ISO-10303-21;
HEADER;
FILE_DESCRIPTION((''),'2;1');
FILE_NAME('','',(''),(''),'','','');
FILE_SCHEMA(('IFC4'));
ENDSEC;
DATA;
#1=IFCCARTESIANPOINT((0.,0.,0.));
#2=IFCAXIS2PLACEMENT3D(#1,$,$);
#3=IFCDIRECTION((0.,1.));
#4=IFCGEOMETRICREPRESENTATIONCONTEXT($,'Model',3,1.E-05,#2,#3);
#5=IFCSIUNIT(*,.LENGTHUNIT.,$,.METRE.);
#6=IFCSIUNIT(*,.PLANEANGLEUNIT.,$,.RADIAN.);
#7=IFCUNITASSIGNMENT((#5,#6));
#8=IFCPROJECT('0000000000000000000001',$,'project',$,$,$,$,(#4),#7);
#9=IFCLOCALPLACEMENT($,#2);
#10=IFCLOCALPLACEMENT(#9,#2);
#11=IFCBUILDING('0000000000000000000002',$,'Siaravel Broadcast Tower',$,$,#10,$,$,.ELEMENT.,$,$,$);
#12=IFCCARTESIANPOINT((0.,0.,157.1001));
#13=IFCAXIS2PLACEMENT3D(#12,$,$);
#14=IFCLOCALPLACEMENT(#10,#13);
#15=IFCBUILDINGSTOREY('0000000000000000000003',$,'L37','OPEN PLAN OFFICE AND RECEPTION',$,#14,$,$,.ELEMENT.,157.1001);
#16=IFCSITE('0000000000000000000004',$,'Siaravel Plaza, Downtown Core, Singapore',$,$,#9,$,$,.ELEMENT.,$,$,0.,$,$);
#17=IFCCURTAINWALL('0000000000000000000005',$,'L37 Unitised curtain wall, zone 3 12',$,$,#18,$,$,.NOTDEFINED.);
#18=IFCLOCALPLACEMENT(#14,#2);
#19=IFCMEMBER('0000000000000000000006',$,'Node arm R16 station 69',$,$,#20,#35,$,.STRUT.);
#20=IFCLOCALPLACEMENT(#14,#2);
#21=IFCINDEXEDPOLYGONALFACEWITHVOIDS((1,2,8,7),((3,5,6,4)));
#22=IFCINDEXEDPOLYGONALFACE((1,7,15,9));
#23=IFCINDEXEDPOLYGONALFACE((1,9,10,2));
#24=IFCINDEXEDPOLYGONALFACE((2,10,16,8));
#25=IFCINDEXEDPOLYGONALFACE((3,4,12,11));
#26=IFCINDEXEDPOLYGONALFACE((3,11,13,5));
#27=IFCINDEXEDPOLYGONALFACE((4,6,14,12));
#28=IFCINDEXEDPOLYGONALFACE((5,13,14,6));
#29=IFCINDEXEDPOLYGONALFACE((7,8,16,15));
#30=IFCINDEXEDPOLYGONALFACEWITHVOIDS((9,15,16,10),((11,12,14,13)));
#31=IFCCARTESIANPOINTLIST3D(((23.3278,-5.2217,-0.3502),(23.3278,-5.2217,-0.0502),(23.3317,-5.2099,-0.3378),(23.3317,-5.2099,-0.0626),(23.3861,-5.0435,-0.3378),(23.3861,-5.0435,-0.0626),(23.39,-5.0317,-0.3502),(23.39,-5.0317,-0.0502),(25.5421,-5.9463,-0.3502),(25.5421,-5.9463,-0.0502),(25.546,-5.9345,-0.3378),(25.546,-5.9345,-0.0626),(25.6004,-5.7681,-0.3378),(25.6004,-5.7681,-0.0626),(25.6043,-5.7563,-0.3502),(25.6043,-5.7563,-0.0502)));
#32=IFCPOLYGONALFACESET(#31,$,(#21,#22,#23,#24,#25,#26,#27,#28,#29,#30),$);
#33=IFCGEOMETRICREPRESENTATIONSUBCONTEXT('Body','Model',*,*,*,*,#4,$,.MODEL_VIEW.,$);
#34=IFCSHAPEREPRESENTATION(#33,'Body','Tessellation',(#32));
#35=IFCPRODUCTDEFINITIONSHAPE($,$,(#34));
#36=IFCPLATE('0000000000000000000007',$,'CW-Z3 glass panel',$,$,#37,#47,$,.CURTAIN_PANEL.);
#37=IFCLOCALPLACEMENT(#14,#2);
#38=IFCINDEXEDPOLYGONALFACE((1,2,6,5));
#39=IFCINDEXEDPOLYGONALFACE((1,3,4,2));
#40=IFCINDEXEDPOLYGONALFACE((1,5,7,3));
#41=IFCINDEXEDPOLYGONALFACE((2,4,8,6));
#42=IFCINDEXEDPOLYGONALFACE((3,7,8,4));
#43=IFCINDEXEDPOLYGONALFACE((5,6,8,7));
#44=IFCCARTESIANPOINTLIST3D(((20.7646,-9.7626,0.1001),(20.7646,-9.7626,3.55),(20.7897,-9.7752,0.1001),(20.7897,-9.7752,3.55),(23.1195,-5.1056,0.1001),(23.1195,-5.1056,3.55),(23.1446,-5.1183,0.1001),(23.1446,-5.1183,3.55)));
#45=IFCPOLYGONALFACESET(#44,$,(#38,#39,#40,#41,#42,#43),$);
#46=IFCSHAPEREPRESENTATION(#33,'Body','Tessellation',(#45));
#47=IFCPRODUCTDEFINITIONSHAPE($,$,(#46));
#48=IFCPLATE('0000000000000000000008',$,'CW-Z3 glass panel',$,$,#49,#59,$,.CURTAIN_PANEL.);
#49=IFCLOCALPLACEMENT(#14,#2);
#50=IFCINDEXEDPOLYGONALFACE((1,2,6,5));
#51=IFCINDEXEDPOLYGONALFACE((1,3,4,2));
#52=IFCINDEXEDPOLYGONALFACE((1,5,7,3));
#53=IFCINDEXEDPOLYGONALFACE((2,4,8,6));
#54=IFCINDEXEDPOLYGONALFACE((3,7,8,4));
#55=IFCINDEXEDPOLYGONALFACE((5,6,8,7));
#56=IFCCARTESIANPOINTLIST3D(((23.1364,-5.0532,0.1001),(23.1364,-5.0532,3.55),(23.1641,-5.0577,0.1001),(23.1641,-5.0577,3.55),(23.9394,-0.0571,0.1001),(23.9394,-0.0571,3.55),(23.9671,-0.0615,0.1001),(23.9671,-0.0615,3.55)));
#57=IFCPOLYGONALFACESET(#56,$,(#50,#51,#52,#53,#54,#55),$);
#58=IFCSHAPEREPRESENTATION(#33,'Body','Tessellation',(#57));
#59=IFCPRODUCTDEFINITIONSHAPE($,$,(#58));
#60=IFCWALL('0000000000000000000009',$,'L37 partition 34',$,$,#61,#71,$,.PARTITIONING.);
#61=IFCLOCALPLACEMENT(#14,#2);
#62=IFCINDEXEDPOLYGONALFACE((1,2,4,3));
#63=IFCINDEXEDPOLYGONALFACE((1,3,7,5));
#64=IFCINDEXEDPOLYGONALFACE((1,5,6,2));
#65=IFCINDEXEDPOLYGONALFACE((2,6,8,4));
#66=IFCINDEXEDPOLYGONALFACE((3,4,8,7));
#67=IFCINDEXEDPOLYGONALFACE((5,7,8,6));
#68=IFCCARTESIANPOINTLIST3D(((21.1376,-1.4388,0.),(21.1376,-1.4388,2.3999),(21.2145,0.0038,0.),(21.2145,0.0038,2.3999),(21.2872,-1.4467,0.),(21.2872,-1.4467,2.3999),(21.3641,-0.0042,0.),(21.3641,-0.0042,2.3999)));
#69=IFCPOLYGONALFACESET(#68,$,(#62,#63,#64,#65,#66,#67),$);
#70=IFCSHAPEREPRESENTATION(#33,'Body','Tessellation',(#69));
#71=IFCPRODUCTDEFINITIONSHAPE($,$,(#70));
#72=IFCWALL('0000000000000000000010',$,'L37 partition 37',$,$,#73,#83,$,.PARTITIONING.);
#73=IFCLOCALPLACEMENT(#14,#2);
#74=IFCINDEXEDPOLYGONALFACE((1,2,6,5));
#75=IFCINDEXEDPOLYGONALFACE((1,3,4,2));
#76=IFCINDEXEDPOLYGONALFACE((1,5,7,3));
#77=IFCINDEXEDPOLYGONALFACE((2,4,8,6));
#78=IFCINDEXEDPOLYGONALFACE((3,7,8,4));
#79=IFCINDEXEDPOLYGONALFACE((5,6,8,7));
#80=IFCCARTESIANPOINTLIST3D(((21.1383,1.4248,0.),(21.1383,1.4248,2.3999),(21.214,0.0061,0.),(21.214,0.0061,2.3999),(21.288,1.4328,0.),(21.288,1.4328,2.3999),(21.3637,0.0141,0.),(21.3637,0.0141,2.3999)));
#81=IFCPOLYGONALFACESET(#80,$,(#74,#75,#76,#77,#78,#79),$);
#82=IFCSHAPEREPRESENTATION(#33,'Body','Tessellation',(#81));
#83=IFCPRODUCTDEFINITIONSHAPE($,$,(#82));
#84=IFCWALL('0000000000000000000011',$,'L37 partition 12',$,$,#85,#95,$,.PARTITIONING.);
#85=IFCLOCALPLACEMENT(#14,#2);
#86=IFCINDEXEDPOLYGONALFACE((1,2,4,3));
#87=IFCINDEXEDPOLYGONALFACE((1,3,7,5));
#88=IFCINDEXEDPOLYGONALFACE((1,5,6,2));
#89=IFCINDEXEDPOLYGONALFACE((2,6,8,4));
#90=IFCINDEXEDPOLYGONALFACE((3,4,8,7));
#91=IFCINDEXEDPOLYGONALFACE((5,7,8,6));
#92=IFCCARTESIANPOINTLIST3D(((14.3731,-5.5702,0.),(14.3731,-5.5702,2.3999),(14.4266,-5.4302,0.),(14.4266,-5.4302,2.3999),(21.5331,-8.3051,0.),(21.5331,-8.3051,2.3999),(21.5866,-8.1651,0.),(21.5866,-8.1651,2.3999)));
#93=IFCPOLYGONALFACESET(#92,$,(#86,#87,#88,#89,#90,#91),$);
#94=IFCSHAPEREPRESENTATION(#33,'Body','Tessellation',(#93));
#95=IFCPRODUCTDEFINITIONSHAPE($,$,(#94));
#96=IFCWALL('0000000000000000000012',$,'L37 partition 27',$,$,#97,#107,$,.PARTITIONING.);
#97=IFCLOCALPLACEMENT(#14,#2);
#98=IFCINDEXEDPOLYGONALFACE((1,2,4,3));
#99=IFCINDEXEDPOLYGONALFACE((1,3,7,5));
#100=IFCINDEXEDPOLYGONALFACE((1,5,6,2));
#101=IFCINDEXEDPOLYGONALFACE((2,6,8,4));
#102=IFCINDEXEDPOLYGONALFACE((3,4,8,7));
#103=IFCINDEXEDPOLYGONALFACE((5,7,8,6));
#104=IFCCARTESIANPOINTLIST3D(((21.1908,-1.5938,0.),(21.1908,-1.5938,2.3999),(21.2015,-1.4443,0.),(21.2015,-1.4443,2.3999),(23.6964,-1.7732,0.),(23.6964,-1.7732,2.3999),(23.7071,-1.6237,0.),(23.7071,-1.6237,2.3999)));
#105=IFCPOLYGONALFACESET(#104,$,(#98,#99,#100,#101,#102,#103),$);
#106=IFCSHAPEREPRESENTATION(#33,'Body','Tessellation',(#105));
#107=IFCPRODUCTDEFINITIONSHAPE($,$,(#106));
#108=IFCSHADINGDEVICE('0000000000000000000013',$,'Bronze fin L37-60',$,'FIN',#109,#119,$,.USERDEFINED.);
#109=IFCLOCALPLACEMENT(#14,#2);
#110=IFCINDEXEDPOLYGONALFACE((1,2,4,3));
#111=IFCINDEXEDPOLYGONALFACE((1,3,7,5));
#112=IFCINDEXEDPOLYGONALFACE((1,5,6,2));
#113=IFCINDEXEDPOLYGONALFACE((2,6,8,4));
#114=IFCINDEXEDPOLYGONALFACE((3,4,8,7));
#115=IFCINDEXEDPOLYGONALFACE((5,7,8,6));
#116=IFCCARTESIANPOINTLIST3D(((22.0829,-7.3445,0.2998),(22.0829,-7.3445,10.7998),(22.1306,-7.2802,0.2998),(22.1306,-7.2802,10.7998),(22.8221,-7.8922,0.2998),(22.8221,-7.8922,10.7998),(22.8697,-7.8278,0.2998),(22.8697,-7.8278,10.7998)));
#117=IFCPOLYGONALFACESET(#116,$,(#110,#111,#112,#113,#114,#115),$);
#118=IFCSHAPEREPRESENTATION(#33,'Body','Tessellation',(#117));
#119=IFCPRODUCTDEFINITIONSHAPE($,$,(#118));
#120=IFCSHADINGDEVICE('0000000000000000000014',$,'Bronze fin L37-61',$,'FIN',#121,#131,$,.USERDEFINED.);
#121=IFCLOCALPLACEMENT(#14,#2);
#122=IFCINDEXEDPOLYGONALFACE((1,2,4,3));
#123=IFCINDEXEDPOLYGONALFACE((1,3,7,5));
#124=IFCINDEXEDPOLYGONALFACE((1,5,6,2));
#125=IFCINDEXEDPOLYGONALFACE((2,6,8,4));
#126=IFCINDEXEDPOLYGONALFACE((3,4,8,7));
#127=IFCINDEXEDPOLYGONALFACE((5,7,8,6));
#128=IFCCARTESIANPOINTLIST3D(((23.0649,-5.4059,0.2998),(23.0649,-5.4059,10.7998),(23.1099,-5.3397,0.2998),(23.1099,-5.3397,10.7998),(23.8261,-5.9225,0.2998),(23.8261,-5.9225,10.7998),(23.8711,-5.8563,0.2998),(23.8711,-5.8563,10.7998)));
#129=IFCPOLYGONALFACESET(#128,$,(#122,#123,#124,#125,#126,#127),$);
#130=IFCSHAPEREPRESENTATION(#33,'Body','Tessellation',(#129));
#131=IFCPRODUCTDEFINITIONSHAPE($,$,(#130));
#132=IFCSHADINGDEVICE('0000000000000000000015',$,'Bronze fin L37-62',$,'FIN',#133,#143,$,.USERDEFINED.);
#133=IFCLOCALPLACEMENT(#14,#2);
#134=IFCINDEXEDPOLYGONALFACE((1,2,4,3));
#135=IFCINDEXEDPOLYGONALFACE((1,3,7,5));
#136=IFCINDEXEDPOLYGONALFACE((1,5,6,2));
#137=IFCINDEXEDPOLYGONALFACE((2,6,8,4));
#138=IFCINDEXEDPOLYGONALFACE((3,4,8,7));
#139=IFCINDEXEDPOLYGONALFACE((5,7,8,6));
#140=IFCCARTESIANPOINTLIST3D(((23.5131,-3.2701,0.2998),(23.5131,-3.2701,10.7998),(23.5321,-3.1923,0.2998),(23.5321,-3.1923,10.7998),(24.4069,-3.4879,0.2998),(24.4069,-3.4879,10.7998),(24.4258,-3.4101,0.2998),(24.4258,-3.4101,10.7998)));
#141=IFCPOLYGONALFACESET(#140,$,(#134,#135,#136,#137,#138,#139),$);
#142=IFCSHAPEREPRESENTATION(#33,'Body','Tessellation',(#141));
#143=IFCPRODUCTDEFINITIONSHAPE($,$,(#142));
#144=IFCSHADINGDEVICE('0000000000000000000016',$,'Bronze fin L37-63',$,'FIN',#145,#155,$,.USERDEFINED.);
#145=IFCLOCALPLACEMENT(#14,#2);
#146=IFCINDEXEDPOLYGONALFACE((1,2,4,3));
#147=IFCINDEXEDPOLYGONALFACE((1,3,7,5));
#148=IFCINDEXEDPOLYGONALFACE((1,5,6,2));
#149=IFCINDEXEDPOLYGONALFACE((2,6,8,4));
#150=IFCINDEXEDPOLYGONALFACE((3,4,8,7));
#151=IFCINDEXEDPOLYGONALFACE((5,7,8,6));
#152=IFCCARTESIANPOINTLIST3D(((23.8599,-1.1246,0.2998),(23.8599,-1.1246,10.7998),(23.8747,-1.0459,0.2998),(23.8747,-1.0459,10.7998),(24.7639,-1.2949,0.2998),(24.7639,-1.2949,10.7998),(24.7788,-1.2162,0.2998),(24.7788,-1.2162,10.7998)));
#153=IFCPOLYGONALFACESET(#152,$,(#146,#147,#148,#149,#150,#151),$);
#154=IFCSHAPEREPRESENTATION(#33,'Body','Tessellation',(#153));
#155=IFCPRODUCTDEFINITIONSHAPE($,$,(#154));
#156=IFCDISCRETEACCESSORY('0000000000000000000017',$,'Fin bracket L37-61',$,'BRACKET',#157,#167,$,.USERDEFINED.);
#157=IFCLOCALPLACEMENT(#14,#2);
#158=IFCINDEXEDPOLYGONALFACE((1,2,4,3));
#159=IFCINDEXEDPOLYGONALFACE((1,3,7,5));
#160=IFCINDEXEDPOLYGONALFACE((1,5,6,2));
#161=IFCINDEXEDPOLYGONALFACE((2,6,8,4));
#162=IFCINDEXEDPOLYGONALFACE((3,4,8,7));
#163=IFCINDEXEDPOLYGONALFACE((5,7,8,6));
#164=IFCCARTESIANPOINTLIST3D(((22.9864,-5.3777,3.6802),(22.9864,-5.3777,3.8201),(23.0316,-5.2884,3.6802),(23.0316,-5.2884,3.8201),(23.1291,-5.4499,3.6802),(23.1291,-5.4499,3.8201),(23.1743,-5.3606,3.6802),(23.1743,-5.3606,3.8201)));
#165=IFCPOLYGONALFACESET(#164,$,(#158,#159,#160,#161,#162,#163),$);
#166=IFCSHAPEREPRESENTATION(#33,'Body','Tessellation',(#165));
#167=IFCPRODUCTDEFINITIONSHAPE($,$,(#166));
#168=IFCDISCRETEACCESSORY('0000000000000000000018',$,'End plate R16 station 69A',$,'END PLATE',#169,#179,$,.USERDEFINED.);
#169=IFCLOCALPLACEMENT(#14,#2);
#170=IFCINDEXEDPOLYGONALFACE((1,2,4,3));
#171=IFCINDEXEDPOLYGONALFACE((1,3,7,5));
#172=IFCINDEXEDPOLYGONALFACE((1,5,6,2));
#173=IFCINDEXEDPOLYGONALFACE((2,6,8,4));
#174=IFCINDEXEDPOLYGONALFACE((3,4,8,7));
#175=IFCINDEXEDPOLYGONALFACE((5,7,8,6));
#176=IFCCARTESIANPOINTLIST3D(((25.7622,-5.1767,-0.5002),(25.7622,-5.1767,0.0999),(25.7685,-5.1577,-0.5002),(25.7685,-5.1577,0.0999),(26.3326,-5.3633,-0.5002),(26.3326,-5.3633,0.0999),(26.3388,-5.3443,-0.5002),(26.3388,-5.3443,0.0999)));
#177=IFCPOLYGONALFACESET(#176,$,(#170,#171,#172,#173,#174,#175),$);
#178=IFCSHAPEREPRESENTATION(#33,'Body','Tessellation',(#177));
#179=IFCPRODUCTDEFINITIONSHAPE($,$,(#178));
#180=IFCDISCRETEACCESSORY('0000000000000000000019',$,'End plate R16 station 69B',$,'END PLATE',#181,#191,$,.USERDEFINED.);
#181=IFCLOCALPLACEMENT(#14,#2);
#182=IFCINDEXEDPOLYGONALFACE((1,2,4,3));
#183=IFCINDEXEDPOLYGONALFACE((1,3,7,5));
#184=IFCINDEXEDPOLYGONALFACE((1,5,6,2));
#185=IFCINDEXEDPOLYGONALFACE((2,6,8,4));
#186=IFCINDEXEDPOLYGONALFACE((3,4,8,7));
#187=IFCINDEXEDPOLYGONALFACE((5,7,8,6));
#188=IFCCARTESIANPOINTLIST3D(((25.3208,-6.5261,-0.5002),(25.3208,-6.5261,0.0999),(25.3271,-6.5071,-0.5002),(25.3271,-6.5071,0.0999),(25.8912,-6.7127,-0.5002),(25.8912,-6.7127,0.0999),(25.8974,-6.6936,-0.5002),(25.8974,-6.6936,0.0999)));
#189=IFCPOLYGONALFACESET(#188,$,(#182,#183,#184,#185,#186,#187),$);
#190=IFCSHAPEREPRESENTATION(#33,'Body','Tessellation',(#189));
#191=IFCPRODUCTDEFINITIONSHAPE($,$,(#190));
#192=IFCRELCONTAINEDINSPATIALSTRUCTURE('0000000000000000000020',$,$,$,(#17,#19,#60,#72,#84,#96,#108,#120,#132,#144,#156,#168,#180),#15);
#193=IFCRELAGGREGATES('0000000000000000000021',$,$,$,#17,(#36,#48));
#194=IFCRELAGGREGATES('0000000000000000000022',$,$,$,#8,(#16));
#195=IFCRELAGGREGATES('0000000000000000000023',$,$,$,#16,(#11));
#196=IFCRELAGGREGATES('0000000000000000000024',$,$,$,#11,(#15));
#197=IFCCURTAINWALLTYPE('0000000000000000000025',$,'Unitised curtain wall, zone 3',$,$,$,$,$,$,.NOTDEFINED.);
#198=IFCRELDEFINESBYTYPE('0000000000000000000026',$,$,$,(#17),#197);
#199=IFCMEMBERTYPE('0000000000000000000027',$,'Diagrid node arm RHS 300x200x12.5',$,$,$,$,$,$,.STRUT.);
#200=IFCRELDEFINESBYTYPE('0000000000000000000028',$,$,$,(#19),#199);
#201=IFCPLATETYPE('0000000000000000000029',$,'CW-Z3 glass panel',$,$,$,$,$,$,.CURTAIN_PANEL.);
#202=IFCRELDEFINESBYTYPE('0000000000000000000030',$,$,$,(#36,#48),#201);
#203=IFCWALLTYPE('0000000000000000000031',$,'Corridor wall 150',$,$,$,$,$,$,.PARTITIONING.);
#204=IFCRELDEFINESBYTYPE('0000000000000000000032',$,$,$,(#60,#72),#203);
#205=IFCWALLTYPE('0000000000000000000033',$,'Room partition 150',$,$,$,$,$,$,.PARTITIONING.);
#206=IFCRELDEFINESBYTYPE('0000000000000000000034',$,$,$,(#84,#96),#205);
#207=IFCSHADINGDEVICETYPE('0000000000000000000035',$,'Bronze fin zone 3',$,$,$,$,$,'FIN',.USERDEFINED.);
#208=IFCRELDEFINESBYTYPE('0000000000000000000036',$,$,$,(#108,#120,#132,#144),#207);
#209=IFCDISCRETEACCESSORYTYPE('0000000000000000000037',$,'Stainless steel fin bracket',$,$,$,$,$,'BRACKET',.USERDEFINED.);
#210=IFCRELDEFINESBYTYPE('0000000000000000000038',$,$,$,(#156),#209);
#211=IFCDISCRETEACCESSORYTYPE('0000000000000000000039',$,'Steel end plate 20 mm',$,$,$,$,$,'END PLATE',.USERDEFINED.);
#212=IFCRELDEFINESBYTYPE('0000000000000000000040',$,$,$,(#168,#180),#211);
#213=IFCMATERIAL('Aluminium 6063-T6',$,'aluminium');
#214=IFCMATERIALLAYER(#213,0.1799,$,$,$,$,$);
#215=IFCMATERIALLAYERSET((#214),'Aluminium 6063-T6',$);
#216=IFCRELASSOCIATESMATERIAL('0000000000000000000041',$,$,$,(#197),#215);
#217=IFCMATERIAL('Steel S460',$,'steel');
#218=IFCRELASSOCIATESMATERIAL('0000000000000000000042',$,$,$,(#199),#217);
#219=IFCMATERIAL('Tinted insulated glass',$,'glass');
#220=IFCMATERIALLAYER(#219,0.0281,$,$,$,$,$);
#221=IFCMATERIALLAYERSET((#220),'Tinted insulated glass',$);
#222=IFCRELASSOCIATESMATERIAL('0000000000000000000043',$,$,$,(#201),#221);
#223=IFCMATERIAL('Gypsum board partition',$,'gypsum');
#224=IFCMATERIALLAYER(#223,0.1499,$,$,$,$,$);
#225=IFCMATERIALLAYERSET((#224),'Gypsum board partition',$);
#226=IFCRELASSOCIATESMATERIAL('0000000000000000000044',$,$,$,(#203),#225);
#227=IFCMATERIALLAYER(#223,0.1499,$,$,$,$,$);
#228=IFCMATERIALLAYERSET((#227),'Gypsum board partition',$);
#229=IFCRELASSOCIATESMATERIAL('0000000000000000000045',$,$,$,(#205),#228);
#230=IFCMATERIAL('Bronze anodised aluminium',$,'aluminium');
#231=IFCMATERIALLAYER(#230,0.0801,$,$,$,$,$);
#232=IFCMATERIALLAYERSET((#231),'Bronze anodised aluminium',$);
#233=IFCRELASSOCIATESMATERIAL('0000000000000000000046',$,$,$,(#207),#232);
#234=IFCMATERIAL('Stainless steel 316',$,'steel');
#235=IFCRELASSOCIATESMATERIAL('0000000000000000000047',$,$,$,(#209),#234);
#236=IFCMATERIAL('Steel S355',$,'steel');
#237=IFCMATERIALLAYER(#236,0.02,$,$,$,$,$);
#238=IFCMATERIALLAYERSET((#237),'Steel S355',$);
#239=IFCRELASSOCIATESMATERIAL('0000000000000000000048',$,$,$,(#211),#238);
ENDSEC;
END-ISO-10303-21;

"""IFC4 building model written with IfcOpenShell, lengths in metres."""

from ifc_helpers import new_model, si_unit, direction, frame, frame_2d, origin, origin_2d, place, context, subcontext, project, spatial, rectangle, hollow_rectangle, extrude, material, layer, layer_set, material_profile, profile_set, type_object, element, aggregate, save


model = new_model("IFC4")

# Units and contexts
model_context = context("Model", 3, precision=1e-05, world=origin(), true_north=direction((0.0, 1.0)))
body_context = subcontext(model_context, "Body", "Model", "MODEL_VIEW")
ifc_project = project(units=[si_unit("LENGTHUNIT", "METRE"), si_unit("PLANEANGLEUNIT", "RADIAN")], contexts=[model_context])

# Site, building, storey
site_placement = place(None, origin())
site = spatial("IfcSite", under=ifc_project, at=site_placement, Name="Siaravel Plaza, Downtown Core, Singapore", CompositionType="ELEMENT", RefElevation=0.0)
building_placement = place(site_placement, origin())
building = spatial("IfcBuilding", under=site, at=building_placement, Name="Siaravel Broadcast Tower", CompositionType="ELEMENT")
storey_placement = place(building_placement, frame((0.0, 0.0, 157.1001)))
storey = spatial("IfcBuildingStorey", under=building, at=storey_placement, Name="L37", Description="OPEN PLAN OFFICE AND RECEPTION", CompositionType="ELEMENT", Elevation=157.1001)

# Shared definitions
ifc_material_1 = material(Name="Steel S355", Category="steel")

# Curtain wall
ifc_material_2 = material(Name="Aluminium 6063-T6", Category="aluminium")
ifc_layer_1 = layer(ifc_material_2, 0.1799)
ifc_layer_set_1 = layer_set([ifc_layer_1], Name="Aluminium 6063-T6")
curtain_wall_type = type_object("IfcCurtainWallType", Name="Unitised curtain wall, zone 3", PredefinedType="NOTDEFINED", material=ifc_layer_set_1)
curtain_wall_placement = place(storey_placement, origin())
curtain_wall = element("IfcCurtainWall", 1, at=curtain_wall_placement, inside=storey, type_object=curtain_wall_type, Name="L37 Unitised curtain wall, zone 3 12", PredefinedType="NOTDEFINED")

# Member
ifc_material_3 = material(Name="Steel S460", Category="steel")
ifc_material_profile_1 = material_profile(ifc_material_3, hollow_rectangle(XDim=0.2, YDim=0.3, WallThickness=0.0125, at=origin_2d()))
ifc_profile_set_1 = profile_set([ifc_material_profile_1], Name="Steel S460")
member_type_1 = type_object("IfcMemberType", Name="Diagrid node arm RHS 300x200x12.5", PredefinedType="STRUT", material=ifc_profile_set_1)
member_1_placement = place(storey_placement, frame((23.3589, -5.1267, -0.2002), z_axis=(0.950408, -0.311005, 0.0), x_axis=(0.311005, 0.950408, 0.0)))
element("IfcMember", 2, at=member_1_placement, inside=storey, type_object=member_type_1, Name="Node arm R16 station 69", PredefinedType="STRUT", context=body_context, shape_type="SweptSolid", body=[
    extrude(hollow_rectangle(XDim=0.2, YDim=0.3, WallThickness=0.0125, at=origin_2d()), origin(), (0.0, 0.0, 1.0), 2.3298),
])

# Plates
ifc_material_4 = material(Name="Tinted insulated glass", Category="glass")
ifc_layer_2 = layer(ifc_material_4, 0.0281)
ifc_layer_set_2 = layer_set([ifc_layer_2], Name="Tinted insulated glass")
plate_type = type_object("IfcPlateType", Name="CW-Z3 glass panel", PredefinedType="CURTAIN_PANEL", material=ifc_layer_set_2)
plate_1_placement = place(storey_placement, frame((21.9546, -7.4404, 0.1001), z_axis=(0.0, 0.0, 1.0), x_axis=(0.45126, 0.892393, 0.0)))
plate_1 = element("IfcPlate", 3, at=plate_1_placement, type_object=plate_type, Name="CW-Z3 glass panel", PredefinedType="CURTAIN_PANEL", context=body_context, shape_type="SweptSolid", body=[
    extrude(rectangle(XDim=5.2185, YDim=0.0281, at=origin_2d()), origin(), (0.0, 0.0, 1.0), 3.45),
])
plate_2_placement = place(storey_placement, frame((23.5518, -2.5574, 0.1001), z_axis=(0.0, 0.0, 1.0), x_axis=(0.158685, 0.987329, 0.0)))
plate_2 = element("IfcPlate", 4, at=plate_2_placement, type_object=plate_type, Name="CW-Z3 glass panel", PredefinedType="CURTAIN_PANEL", context=body_context, shape_type="SweptSolid", body=[
    extrude(rectangle(XDim=5.0603, YDim=0.0281, at=origin_2d()), origin(), (0.0, 0.0, 1.0), 3.45),
])
aggregate(curtain_wall, [plate_1, plate_2])

# Walls
ifc_material_5 = material(Name="Gypsum board partition", Category="gypsum")
ifc_layer_3 = layer(ifc_material_5, 0.1499)
ifc_layer_set_3 = layer_set([ifc_layer_3], Name="Gypsum board partition")
wall_type_1 = type_object("IfcWallType", Name="Corridor wall 150", PredefinedType="PARTITIONING", material=ifc_layer_set_3)
wall_1_placement = place(storey_placement, frame((21.2124, -1.4426, 0.0), z_axis=(0.0, 0.0, 1.0), x_axis=(0.053233, 0.998582, 0.0)))
element("IfcWall", 5, at=wall_1_placement, inside=storey, type_object=wall_type_1, Name="L37 partition 34", PredefinedType="PARTITIONING", context=body_context, shape_type="SweptSolid", body=[
    extrude(rectangle(XDim=1.4446, YDim=0.1499, at=frame_2d((0.7222, 0.0))), origin(), (0.0, 0.0, 1.0), 2.3999),
])
wall_2_placement = place(storey_placement, frame((21.2888, 0.01, 0.0), z_axis=(0.0, 0.0, 1.0), x_axis=(-0.053271, 0.99858, 0.0)))
element("IfcWall", 6, at=wall_2_placement, inside=storey, type_object=wall_type_1, Name="L37 partition 37", PredefinedType="PARTITIONING", context=body_context, shape_type="SweptSolid", body=[
    extrude(rectangle(XDim=1.4207, YDim=0.1499, at=frame_2d((0.7104, 0.0))), origin(), (0.0, 0.0, 1.0), 2.3999),
])
ifc_layer_4 = layer(ifc_material_5, 0.1499)
ifc_layer_set_4 = layer_set([ifc_layer_4], Name="Gypsum board partition")
wall_type_2 = type_object("IfcWallType", Name="Room partition 150", PredefinedType="PARTITIONING", material=ifc_layer_set_4)
wall_3_placement = place(storey_placement, frame((21.5598, -8.2351, 0.0), z_axis=(0.0, 0.0, 1.0), x_axis=(-0.934171, 0.356824, 0.0)))
element("IfcWall", 7, at=wall_3_placement, inside=storey, type_object=wall_type_2, Name="L37 partition 12", PredefinedType="PARTITIONING", context=body_context, shape_type="SweptSolid", body=[
    extrude(rectangle(XDim=7.6646, YDim=0.1499, at=frame_2d((3.8323, 0.0))), origin(), (0.0, 0.0, 1.0), 2.3999),
])
wall_4_placement = place(storey_placement, frame((21.1963, -1.519, 0.0), z_axis=(0.0, 0.0, 1.0), x_axis=(0.997445, -0.071434, 0.0)))
element("IfcWall", 8, at=wall_4_placement, inside=storey, type_object=wall_type_2, Name="L37 partition 27", PredefinedType="PARTITIONING", context=body_context, shape_type="SweptSolid", body=[
    extrude(rectangle(XDim=2.512, YDim=0.1499, at=frame_2d((1.2559, 0.0))), origin(), (0.0, 0.0, 1.0), 2.3999),
])

# Shading devices
ifc_material_6 = material(Name="Bronze anodised aluminium", Category="aluminium")
ifc_layer_5 = layer(ifc_material_6, 0.0801)
ifc_layer_set_5 = layer_set([ifc_layer_5], Name="Bronze anodised aluminium")
shading_device_type = type_object("IfcShadingDeviceType", Name="Bronze fin zone 3", ElementType="FIN", PredefinedType="USERDEFINED", material=ifc_layer_set_5)
for number, where, z_axis, x_axis, name in (
    (9, (22.4763, -7.5862, 0.2998), (0.0, 0.0, 1.0), (0.803499, -0.595307, 0.0), "Bronze fin L37-60"),
    (10, (23.468, -5.6311, 0.2998), (0.0, 0.0, 1.0), (0.827441, -0.561552, 0.0), "Bronze fin L37-61"),
    (11, (23.9695, -3.3401, 0.2998), (0.0, 0.0, 1.0), (0.971569, -0.236757, 0.0), "Bronze fin L37-62"),
    (12, (24.3193, -1.1704, 0.2998), (0.0, 0.0, 1.0), (0.982718, -0.185109, 0.0), "Bronze fin L37-63"),
):
    element("IfcShadingDevice", number, at=place(storey_placement, frame(where, z_axis=z_axis, x_axis=x_axis)), inside=storey, type_object=shading_device_type, Name=name, ObjectType="FIN", PredefinedType="USERDEFINED", context=body_context, shape_type="SweptSolid", body=[
        extrude(rectangle(XDim=0.9199, YDim=0.0801, at=origin_2d()), origin(), (0.0, 0.0, 1.0), 10.5),
    ])

# Discrete accessories
ifc_material_7 = material(Name="Stainless steel 316", Category="steel")
discrete_accessory_type_1 = type_object("IfcDiscreteAccessoryType", Name="Stainless steel fin bracket", ElementType="BRACKET", PredefinedType="USERDEFINED", material=ifc_material_7)
discrete_accessory_placement = place(storey_placement, frame((23.0803, -5.3691, 3.6802), z_axis=(0.0, 0.0, 1.0), x_axis=(0.892393, -0.451259, 0.0)))
element("IfcDiscreteAccessory", 13, at=discrete_accessory_placement, inside=storey, type_object=discrete_accessory_type_1, Name="Fin bracket L37-61", ObjectType="BRACKET", PredefinedType="USERDEFINED", context=body_context, shape_type="SweptSolid", body=[
    extrude(rectangle(XDim=0.1599, YDim=0.1001, at=origin_2d()), origin(), (0.0, 0.0, 1.0), 0.1399),
])
ifc_layer_6 = layer(ifc_material_1, 0.02)
ifc_layer_set_6 = layer_set([ifc_layer_6], Name="Steel S355")
discrete_accessory_type_2 = type_object("IfcDiscreteAccessoryType", Name="Steel end plate 20 mm", ElementType="END PLATE", PredefinedType="USERDEFINED", material=ifc_layer_set_6)
for number, where, z_axis, x_axis, name in (
    (14, (26.0505, -5.2605, -0.5002), (0.0, 0.0, 1.0), (0.31091, 0.950439, 0.0), "End plate R16 station 69A"),
    (15, (25.6091, -6.6099, -0.5002), (0.0, 0.0, 1.0), (0.31091, 0.950439, 0.0), "End plate R16 station 69B"),
):
    element("IfcDiscreteAccessory", number, at=place(storey_placement, frame(where, z_axis=z_axis, x_axis=x_axis)), inside=storey, type_object=discrete_accessory_type_2, Name=name, ObjectType="END PLATE", PredefinedType="USERDEFINED", context=body_context, shape_type="SweptSolid", body=[
        extrude(rectangle(XDim=0.02, YDim=0.6001, at=origin_2d()), origin(), (0.0, 0.0, 1.0), 0.6001),
    ])

save(model, "model.ifc")
